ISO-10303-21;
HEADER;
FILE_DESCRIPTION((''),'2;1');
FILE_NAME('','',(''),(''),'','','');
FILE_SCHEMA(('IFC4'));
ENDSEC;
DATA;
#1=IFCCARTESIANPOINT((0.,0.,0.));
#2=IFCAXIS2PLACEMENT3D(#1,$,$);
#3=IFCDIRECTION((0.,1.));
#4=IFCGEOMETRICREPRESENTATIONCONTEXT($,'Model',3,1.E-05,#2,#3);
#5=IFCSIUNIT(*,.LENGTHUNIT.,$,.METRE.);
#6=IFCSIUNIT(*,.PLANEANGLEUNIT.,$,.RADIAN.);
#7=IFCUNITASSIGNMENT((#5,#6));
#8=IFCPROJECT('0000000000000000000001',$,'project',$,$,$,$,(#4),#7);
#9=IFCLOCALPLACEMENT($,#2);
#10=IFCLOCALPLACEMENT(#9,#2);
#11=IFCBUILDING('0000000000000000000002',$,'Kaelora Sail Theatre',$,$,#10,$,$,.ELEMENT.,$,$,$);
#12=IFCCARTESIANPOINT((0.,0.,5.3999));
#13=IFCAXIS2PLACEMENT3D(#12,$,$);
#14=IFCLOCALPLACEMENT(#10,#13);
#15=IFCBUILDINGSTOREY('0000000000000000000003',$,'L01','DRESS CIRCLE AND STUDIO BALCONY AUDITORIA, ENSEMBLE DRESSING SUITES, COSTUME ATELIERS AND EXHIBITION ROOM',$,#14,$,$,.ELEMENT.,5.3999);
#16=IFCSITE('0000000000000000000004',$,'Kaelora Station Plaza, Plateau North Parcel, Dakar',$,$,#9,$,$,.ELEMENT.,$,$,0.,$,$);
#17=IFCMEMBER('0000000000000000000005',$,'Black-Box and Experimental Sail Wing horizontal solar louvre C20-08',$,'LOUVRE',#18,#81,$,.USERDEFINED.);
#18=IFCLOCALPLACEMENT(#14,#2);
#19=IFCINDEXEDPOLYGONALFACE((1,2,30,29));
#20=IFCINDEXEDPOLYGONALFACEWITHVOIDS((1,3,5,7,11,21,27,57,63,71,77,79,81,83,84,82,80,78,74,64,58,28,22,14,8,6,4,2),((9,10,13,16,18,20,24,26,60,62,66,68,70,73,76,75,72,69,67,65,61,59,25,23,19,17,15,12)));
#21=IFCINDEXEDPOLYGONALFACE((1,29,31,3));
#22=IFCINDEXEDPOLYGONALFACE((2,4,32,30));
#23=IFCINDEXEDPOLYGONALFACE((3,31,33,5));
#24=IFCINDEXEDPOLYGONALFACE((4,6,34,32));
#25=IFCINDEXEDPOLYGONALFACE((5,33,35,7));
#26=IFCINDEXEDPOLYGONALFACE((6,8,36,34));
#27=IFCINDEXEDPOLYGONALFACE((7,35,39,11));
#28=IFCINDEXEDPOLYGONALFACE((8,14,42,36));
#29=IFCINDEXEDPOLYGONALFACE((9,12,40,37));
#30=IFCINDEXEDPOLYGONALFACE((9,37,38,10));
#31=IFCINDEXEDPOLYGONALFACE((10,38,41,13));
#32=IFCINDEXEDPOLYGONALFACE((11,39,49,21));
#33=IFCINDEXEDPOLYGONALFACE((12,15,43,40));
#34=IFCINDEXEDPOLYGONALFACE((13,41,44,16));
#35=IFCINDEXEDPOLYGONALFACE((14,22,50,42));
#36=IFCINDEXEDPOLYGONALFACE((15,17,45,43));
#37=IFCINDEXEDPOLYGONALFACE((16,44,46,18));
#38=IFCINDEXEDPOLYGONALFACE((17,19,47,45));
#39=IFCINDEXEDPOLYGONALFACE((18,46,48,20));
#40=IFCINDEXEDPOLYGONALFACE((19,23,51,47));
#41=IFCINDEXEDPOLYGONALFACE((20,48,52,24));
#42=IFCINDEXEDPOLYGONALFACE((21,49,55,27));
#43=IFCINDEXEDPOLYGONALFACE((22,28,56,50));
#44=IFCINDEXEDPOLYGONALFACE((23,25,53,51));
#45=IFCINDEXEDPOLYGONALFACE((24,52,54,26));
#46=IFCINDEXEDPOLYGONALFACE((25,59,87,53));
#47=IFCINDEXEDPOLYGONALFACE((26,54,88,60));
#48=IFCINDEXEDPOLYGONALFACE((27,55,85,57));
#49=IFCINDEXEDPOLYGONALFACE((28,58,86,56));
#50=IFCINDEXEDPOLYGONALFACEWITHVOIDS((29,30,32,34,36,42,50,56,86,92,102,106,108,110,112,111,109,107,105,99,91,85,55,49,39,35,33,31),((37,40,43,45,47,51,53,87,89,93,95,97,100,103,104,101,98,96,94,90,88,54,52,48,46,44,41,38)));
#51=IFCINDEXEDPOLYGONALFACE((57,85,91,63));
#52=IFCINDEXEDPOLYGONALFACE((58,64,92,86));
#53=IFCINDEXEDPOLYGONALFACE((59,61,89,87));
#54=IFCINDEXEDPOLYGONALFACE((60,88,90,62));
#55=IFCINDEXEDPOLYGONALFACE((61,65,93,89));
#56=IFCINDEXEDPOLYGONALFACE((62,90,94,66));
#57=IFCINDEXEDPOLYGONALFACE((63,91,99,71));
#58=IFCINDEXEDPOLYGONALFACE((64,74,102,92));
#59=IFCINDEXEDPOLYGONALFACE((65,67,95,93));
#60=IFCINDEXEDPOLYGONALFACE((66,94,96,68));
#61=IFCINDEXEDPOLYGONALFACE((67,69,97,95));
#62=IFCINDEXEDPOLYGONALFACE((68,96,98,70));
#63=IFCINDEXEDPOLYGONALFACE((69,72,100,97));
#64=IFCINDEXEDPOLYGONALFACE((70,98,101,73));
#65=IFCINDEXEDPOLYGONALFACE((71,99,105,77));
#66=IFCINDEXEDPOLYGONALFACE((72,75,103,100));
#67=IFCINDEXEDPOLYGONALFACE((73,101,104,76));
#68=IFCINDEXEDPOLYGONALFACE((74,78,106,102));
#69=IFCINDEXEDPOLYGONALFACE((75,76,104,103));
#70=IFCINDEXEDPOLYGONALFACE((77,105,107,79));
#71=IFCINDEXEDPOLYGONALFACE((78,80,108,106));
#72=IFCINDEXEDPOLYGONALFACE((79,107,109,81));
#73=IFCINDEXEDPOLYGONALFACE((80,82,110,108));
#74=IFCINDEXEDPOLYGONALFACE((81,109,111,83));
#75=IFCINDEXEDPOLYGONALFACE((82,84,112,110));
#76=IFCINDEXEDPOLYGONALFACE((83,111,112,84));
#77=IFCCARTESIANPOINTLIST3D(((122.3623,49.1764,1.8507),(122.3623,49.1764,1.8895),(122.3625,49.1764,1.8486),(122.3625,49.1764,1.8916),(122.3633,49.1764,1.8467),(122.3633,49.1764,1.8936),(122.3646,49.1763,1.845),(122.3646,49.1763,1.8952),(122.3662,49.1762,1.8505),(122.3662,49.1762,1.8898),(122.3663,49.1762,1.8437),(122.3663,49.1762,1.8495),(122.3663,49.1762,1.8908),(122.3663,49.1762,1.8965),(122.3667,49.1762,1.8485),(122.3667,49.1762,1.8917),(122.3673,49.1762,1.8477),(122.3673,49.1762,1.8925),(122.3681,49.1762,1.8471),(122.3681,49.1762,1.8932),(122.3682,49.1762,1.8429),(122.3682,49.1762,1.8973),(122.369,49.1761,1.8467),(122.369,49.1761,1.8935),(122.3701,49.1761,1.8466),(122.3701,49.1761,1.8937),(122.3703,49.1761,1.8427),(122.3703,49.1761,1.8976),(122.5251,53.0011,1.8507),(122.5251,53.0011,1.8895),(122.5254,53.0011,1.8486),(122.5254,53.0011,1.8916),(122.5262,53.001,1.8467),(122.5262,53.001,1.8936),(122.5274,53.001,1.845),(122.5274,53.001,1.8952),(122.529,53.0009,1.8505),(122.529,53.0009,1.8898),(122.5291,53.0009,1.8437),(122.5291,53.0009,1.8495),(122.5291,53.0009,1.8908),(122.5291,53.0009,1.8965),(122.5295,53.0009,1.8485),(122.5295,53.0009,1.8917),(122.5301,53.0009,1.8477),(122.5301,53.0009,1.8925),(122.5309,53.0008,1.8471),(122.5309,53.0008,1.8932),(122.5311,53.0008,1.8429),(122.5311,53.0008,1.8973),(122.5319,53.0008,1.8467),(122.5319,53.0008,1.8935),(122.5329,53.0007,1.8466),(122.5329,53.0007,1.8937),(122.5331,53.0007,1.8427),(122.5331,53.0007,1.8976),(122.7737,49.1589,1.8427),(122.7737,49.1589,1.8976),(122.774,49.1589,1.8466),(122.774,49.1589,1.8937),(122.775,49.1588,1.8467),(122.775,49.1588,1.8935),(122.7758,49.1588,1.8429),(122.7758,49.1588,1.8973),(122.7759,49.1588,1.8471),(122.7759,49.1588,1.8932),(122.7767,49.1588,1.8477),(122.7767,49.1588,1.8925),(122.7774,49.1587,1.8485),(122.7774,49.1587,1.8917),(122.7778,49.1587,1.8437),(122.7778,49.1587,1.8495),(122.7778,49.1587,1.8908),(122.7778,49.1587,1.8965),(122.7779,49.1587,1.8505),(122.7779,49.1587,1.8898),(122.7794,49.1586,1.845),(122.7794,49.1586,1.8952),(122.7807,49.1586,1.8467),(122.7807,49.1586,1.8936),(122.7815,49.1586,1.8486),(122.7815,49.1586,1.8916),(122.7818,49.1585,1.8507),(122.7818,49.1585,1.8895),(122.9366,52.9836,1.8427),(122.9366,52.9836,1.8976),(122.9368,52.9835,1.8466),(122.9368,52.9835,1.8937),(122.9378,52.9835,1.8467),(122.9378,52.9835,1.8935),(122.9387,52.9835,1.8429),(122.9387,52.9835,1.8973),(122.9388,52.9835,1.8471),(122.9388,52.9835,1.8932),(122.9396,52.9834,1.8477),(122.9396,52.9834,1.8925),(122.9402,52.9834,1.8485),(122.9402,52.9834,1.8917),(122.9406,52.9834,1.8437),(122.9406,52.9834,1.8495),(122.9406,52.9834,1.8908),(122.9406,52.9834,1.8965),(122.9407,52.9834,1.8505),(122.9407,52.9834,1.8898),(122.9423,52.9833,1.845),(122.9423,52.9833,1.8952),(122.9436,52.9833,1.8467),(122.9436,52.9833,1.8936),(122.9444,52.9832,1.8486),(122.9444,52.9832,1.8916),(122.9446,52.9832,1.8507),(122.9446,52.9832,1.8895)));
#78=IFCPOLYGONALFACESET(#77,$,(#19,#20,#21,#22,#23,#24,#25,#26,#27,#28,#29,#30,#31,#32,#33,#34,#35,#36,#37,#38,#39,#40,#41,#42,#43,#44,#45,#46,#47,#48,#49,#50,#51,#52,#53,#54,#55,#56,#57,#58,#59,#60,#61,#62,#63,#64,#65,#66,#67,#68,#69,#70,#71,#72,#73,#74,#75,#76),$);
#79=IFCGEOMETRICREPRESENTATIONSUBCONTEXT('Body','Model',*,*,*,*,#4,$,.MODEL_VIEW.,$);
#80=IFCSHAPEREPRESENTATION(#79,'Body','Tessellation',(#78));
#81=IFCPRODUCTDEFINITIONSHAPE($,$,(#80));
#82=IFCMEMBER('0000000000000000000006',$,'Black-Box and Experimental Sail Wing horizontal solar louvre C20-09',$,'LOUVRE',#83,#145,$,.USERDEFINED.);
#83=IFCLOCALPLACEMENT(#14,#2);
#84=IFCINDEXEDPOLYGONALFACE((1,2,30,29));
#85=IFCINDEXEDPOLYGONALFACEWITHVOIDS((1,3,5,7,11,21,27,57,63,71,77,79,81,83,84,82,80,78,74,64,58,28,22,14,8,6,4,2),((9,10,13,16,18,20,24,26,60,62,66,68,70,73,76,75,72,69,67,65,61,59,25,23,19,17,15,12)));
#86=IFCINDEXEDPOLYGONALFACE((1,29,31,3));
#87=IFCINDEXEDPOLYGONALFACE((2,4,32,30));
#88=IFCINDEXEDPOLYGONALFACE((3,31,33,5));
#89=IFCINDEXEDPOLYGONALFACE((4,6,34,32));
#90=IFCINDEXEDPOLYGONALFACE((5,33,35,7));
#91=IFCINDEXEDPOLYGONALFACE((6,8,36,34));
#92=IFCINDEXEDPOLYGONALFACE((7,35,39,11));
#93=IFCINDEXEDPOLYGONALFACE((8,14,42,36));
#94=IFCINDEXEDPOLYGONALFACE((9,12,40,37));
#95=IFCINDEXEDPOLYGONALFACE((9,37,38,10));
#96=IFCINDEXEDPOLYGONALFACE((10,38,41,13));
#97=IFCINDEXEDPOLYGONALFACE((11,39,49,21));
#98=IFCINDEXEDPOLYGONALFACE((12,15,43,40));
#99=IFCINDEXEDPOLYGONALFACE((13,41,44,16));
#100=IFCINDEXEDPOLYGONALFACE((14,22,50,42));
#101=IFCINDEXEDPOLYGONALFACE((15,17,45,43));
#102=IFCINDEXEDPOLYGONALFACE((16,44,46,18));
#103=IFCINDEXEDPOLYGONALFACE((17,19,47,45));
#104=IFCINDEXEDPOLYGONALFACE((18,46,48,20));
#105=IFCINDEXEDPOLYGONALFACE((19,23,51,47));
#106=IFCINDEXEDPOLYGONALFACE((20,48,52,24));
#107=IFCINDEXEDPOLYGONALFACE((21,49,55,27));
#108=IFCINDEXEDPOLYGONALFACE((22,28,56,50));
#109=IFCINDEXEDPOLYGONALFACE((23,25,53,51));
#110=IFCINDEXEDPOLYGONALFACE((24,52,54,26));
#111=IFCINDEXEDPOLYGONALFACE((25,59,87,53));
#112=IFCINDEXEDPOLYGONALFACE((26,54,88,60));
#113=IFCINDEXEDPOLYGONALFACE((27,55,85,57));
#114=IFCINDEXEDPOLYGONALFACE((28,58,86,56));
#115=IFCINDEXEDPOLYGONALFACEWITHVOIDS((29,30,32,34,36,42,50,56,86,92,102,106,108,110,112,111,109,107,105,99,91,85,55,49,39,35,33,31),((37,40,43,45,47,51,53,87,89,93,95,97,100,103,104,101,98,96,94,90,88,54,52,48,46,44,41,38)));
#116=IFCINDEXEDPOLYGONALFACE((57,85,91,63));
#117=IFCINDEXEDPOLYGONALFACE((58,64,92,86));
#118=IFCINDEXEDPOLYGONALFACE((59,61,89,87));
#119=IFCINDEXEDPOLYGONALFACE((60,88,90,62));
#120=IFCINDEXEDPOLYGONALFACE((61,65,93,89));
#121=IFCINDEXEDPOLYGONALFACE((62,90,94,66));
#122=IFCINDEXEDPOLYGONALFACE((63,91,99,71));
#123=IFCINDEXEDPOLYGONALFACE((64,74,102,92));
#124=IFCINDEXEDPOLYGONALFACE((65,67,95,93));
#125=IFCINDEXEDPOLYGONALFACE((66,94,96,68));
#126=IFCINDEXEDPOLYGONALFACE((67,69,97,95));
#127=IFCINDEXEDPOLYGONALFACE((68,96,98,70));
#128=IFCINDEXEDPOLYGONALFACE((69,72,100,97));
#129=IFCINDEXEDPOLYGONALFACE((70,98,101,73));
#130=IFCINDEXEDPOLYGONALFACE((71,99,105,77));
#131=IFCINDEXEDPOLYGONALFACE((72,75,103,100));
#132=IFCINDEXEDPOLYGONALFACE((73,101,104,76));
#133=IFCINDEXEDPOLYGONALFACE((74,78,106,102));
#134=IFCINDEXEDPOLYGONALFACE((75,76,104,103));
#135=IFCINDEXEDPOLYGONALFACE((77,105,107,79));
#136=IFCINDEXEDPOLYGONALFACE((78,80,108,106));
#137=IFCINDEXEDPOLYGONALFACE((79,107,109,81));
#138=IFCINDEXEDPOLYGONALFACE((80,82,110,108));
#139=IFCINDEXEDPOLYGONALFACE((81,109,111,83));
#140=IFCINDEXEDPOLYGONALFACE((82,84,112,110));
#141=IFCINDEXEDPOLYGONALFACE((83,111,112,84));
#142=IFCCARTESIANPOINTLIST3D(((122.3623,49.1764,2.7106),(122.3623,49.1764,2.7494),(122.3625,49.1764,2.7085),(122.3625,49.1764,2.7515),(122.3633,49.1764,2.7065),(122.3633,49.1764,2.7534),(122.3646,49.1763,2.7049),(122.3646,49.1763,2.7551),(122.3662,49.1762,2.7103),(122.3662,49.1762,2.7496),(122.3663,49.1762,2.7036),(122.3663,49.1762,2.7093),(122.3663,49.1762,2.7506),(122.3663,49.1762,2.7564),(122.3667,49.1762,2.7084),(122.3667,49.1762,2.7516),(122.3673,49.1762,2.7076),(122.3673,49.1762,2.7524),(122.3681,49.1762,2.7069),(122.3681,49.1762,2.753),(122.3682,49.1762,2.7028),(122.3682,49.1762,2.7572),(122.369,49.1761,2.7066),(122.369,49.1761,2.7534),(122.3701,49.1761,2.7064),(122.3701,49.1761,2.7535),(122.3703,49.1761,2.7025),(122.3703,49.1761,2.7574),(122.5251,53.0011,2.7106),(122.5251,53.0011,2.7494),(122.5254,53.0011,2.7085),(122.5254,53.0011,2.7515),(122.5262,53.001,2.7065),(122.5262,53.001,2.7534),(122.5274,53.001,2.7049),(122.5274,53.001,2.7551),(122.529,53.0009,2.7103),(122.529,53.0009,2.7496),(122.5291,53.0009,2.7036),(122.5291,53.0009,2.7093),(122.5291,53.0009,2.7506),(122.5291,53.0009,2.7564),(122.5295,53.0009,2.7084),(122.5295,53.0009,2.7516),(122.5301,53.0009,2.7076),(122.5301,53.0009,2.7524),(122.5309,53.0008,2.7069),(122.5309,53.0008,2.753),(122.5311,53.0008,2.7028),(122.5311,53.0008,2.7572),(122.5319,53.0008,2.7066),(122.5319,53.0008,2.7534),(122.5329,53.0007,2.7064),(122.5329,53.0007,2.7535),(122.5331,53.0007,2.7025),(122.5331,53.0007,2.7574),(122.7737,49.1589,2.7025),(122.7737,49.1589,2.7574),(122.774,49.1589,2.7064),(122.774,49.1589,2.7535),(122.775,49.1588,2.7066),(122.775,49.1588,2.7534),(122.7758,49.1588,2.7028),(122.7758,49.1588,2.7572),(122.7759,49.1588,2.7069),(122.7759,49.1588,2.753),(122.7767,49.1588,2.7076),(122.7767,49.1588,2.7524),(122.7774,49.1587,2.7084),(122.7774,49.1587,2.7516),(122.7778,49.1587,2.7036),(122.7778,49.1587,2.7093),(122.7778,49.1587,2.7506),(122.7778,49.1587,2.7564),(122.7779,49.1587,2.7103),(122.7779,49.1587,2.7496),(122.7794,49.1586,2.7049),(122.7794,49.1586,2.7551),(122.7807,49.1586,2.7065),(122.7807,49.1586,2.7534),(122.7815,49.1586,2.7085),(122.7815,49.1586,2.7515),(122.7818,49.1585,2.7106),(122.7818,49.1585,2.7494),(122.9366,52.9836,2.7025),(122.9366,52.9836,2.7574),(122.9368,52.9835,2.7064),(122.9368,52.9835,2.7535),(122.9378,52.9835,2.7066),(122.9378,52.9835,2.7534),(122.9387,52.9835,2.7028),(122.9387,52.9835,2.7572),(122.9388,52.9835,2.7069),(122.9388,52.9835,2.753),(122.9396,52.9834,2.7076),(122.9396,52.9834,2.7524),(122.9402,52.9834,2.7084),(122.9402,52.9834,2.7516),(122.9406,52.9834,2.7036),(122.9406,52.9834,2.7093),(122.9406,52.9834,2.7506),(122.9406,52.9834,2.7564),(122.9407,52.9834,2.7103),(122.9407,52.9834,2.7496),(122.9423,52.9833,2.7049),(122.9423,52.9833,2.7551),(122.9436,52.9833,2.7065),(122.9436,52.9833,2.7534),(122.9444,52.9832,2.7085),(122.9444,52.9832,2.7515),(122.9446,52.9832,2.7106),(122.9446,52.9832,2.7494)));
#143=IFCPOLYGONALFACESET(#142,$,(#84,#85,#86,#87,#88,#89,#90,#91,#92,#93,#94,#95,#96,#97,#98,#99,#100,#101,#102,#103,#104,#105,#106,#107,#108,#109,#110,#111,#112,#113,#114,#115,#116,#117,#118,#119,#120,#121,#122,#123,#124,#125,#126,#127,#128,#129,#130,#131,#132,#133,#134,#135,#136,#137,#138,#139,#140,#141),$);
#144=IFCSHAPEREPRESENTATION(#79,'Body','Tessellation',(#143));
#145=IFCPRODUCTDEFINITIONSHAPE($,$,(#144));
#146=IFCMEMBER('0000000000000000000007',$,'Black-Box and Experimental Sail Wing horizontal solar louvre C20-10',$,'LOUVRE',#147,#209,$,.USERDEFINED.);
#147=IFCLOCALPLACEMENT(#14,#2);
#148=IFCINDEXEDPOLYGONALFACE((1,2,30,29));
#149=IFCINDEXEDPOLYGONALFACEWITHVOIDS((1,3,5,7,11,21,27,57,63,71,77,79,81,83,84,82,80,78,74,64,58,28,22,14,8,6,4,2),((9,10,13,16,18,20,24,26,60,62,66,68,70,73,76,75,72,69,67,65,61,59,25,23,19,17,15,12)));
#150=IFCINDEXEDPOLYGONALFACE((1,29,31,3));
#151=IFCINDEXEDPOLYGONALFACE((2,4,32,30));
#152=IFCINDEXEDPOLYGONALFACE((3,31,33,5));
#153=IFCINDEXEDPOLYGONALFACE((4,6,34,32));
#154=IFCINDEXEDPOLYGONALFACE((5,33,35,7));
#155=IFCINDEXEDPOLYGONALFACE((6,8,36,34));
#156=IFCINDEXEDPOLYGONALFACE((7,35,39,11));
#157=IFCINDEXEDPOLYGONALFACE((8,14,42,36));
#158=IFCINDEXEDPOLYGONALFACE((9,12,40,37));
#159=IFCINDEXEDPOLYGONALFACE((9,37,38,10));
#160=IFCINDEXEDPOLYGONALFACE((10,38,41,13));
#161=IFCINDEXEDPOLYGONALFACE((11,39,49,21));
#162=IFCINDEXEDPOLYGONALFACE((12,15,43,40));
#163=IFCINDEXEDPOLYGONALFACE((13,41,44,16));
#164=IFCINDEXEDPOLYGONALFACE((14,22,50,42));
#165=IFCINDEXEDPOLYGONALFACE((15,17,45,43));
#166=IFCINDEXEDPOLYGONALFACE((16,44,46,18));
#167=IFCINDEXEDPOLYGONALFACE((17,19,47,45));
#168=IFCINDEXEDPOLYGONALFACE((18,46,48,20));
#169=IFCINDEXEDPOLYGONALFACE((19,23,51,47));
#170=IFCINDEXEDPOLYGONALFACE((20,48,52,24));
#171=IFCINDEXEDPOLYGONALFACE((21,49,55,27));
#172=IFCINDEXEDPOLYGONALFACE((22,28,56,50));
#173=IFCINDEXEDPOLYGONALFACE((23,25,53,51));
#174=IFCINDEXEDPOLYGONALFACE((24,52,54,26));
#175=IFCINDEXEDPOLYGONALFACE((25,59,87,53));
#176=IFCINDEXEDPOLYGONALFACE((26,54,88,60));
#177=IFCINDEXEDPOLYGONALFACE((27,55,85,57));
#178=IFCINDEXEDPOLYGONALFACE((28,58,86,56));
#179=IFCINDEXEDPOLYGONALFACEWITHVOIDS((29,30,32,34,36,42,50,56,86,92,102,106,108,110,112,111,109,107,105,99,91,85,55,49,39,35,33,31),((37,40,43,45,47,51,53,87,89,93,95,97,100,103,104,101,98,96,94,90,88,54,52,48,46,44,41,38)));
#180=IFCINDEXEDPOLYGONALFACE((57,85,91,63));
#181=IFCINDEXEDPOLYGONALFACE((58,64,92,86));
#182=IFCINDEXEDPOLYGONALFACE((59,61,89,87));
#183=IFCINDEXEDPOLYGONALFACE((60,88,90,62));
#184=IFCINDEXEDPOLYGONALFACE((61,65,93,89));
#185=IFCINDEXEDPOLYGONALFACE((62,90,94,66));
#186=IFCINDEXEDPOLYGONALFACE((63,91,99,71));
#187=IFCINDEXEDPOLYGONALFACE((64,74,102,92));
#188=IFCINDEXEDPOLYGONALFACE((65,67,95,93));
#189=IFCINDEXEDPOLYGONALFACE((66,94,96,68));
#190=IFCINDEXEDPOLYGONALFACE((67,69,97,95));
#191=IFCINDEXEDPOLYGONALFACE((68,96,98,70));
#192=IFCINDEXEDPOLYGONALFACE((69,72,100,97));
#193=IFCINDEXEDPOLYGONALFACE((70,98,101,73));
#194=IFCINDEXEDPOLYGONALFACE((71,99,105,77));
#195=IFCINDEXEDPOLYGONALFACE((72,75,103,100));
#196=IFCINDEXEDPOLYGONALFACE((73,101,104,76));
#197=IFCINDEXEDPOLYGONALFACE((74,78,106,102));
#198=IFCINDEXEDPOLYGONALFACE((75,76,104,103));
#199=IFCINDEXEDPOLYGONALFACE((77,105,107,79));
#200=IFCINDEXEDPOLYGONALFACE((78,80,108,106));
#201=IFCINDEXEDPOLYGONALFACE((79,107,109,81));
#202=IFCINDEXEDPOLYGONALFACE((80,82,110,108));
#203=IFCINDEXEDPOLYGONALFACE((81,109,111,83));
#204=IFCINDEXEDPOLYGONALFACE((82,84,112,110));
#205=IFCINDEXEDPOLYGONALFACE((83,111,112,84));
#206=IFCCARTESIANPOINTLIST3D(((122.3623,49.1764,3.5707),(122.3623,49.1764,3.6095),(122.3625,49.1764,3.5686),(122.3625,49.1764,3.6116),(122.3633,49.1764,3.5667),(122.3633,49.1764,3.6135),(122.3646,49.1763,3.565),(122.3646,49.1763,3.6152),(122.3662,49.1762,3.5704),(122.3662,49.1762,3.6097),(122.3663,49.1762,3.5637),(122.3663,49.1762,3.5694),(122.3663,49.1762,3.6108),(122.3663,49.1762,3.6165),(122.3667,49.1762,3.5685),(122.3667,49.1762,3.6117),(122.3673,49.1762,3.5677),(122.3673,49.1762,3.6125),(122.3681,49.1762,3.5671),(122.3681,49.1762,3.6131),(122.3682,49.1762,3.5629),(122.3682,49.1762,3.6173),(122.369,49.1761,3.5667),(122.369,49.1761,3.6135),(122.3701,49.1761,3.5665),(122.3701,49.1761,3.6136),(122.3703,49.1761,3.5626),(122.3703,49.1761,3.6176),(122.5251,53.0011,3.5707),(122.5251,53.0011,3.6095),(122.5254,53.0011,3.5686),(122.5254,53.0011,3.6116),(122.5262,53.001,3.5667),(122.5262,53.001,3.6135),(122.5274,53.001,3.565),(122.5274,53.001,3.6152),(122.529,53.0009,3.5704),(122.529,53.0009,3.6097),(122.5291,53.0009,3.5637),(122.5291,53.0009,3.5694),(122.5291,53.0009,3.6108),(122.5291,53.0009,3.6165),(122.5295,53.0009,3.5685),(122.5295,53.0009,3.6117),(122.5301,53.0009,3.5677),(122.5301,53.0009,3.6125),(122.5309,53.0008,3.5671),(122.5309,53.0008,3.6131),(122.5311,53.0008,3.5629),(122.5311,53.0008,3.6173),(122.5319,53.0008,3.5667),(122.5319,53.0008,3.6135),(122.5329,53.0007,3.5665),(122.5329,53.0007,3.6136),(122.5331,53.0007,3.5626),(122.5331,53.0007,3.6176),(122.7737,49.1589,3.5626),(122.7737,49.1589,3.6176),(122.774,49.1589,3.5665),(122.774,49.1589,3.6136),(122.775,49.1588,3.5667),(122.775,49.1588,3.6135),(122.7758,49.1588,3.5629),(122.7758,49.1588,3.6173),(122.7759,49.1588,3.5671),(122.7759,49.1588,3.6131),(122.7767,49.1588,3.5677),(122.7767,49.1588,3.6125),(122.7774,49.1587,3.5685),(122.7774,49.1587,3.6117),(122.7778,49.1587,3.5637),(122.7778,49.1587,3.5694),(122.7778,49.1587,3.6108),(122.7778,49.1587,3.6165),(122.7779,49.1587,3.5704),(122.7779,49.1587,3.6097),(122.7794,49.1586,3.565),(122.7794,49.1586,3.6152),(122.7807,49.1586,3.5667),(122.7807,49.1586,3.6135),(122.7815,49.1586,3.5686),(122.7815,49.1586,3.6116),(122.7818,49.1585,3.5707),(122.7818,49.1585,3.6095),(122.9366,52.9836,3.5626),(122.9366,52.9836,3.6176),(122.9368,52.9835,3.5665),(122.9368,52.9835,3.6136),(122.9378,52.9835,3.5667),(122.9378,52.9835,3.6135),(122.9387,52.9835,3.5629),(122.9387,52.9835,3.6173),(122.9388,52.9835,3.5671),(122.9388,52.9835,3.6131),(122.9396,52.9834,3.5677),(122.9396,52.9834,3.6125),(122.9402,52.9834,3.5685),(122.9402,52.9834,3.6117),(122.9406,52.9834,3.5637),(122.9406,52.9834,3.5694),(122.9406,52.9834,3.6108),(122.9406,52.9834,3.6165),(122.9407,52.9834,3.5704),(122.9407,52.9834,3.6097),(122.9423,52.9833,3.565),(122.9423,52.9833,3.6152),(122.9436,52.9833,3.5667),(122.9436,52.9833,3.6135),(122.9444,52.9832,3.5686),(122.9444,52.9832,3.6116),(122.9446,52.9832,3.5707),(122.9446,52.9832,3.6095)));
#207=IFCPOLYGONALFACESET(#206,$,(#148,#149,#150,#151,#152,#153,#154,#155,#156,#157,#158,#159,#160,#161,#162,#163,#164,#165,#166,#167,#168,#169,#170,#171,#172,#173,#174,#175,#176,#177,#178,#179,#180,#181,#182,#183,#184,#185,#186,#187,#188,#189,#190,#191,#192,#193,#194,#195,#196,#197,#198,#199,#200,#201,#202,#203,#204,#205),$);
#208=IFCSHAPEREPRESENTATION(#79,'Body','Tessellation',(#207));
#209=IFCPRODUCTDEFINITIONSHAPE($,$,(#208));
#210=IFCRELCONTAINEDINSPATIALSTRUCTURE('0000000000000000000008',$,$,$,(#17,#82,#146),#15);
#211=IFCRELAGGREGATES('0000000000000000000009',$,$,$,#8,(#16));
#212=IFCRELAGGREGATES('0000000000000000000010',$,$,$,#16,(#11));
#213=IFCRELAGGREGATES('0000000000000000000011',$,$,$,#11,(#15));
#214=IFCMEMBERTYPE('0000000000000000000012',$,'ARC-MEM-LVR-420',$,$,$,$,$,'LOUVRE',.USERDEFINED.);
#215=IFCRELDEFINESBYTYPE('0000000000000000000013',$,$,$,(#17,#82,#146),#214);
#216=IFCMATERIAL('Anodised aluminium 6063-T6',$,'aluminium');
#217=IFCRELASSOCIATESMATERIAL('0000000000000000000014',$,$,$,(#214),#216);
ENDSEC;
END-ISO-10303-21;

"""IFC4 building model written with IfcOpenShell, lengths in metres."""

from ifc_helpers import new_model, si_unit, direction, frame, origin, origin_2d, place, context, subcontext, project, spatial, hollow_rectangle, extrude, material, material_profile, profile_set, type_object, element, save


model = new_model("IFC4")

# Units and contexts
model_context = context("Model", 3, precision=1e-05, world=origin(), true_north=direction((0.0, 1.0)))
body_context = subcontext(model_context, "Body", "Model", "MODEL_VIEW")
ifc_project = project(units=[si_unit("LENGTHUNIT", "METRE"), si_unit("PLANEANGLEUNIT", "RADIAN")], contexts=[model_context])

# Site, building, storey
site_placement = place(None, origin())
site = spatial("IfcSite", under=ifc_project, at=site_placement, Name="Kaelora Station Plaza, Plateau North Parcel, Dakar", CompositionType="ELEMENT", RefElevation=0.0)
building_placement = place(site_placement, origin())
building = spatial("IfcBuilding", under=site, at=building_placement, Name="Kaelora Sail Theatre", CompositionType="ELEMENT")
storey_placement = place(building_placement, frame((0.0, 0.0, 5.3999)))
storey = spatial("IfcBuildingStorey", under=building, at=storey_placement, Name="L01", Description="DRESS CIRCLE AND STUDIO BALCONY AUDITORIA, ENSEMBLE DRESSING SUITES, COSTUME ATELIERS AND EXHIBITION ROOM", CompositionType="ELEMENT", Elevation=5.3999)

# Members
ifc_material_1 = material(Name="Anodised aluminium 6063-T6", Category="aluminium")
ifc_material_profile_1 = material_profile(ifc_material_1, hollow_rectangle(XDim=0.4199, YDim=0.0549, WallThickness=0.0039, InnerFilletRadius=0.0039, OuterFilletRadius=0.0081, at=origin_2d()), Name="LOUVRE 420x55x4")
ifc_profile_set_1 = profile_set([ifc_material_profile_1], Name="Anodised aluminium 6063-T6")
member_type_1 = type_object("IfcMemberType", Name="ARC-MEM-LVR-420", ElementType="LOUVRE", PredefinedType="USERDEFINED", material=ifc_profile_set_1)
for number, where, z_axis, x_axis, name in (
    (1, (122.572, 49.1675, 1.8701), (0.042538, 0.999095, 0.0), (-0.999095, 0.042538, 0.0), "Black-Box and Experimental Sail Wing horizontal solar louvre C20-08"),
    (2, (122.572, 49.1675, 2.73), (0.042538, 0.999095, 0.0), (-0.999095, 0.042538, 0.0), "Black-Box and Experimental Sail Wing horizontal solar louvre C20-09"),
    (3, (122.572, 49.1675, 3.5901), (0.042538, 0.999095, 0.0), (-0.999095, 0.042538, 0.0), "Black-Box and Experimental Sail Wing horizontal solar louvre C20-10"),
):
    element("IfcMember", number, at=place(storey_placement, frame(where, z_axis=z_axis, x_axis=x_axis)), inside=storey, type_object=member_type_1, Name=name, ObjectType="LOUVRE", PredefinedType="USERDEFINED", context=body_context, shape_type="SweptSolid", body=[
        extrude(hollow_rectangle(XDim=0.4199, YDim=0.0549, WallThickness=0.0039, InnerFilletRadius=0.0039, OuterFilletRadius=0.0081, at=origin_2d()), origin(), (0.0, 0.0, 1.0), 3.8281),
    ])

save(model, "model.ifc")
